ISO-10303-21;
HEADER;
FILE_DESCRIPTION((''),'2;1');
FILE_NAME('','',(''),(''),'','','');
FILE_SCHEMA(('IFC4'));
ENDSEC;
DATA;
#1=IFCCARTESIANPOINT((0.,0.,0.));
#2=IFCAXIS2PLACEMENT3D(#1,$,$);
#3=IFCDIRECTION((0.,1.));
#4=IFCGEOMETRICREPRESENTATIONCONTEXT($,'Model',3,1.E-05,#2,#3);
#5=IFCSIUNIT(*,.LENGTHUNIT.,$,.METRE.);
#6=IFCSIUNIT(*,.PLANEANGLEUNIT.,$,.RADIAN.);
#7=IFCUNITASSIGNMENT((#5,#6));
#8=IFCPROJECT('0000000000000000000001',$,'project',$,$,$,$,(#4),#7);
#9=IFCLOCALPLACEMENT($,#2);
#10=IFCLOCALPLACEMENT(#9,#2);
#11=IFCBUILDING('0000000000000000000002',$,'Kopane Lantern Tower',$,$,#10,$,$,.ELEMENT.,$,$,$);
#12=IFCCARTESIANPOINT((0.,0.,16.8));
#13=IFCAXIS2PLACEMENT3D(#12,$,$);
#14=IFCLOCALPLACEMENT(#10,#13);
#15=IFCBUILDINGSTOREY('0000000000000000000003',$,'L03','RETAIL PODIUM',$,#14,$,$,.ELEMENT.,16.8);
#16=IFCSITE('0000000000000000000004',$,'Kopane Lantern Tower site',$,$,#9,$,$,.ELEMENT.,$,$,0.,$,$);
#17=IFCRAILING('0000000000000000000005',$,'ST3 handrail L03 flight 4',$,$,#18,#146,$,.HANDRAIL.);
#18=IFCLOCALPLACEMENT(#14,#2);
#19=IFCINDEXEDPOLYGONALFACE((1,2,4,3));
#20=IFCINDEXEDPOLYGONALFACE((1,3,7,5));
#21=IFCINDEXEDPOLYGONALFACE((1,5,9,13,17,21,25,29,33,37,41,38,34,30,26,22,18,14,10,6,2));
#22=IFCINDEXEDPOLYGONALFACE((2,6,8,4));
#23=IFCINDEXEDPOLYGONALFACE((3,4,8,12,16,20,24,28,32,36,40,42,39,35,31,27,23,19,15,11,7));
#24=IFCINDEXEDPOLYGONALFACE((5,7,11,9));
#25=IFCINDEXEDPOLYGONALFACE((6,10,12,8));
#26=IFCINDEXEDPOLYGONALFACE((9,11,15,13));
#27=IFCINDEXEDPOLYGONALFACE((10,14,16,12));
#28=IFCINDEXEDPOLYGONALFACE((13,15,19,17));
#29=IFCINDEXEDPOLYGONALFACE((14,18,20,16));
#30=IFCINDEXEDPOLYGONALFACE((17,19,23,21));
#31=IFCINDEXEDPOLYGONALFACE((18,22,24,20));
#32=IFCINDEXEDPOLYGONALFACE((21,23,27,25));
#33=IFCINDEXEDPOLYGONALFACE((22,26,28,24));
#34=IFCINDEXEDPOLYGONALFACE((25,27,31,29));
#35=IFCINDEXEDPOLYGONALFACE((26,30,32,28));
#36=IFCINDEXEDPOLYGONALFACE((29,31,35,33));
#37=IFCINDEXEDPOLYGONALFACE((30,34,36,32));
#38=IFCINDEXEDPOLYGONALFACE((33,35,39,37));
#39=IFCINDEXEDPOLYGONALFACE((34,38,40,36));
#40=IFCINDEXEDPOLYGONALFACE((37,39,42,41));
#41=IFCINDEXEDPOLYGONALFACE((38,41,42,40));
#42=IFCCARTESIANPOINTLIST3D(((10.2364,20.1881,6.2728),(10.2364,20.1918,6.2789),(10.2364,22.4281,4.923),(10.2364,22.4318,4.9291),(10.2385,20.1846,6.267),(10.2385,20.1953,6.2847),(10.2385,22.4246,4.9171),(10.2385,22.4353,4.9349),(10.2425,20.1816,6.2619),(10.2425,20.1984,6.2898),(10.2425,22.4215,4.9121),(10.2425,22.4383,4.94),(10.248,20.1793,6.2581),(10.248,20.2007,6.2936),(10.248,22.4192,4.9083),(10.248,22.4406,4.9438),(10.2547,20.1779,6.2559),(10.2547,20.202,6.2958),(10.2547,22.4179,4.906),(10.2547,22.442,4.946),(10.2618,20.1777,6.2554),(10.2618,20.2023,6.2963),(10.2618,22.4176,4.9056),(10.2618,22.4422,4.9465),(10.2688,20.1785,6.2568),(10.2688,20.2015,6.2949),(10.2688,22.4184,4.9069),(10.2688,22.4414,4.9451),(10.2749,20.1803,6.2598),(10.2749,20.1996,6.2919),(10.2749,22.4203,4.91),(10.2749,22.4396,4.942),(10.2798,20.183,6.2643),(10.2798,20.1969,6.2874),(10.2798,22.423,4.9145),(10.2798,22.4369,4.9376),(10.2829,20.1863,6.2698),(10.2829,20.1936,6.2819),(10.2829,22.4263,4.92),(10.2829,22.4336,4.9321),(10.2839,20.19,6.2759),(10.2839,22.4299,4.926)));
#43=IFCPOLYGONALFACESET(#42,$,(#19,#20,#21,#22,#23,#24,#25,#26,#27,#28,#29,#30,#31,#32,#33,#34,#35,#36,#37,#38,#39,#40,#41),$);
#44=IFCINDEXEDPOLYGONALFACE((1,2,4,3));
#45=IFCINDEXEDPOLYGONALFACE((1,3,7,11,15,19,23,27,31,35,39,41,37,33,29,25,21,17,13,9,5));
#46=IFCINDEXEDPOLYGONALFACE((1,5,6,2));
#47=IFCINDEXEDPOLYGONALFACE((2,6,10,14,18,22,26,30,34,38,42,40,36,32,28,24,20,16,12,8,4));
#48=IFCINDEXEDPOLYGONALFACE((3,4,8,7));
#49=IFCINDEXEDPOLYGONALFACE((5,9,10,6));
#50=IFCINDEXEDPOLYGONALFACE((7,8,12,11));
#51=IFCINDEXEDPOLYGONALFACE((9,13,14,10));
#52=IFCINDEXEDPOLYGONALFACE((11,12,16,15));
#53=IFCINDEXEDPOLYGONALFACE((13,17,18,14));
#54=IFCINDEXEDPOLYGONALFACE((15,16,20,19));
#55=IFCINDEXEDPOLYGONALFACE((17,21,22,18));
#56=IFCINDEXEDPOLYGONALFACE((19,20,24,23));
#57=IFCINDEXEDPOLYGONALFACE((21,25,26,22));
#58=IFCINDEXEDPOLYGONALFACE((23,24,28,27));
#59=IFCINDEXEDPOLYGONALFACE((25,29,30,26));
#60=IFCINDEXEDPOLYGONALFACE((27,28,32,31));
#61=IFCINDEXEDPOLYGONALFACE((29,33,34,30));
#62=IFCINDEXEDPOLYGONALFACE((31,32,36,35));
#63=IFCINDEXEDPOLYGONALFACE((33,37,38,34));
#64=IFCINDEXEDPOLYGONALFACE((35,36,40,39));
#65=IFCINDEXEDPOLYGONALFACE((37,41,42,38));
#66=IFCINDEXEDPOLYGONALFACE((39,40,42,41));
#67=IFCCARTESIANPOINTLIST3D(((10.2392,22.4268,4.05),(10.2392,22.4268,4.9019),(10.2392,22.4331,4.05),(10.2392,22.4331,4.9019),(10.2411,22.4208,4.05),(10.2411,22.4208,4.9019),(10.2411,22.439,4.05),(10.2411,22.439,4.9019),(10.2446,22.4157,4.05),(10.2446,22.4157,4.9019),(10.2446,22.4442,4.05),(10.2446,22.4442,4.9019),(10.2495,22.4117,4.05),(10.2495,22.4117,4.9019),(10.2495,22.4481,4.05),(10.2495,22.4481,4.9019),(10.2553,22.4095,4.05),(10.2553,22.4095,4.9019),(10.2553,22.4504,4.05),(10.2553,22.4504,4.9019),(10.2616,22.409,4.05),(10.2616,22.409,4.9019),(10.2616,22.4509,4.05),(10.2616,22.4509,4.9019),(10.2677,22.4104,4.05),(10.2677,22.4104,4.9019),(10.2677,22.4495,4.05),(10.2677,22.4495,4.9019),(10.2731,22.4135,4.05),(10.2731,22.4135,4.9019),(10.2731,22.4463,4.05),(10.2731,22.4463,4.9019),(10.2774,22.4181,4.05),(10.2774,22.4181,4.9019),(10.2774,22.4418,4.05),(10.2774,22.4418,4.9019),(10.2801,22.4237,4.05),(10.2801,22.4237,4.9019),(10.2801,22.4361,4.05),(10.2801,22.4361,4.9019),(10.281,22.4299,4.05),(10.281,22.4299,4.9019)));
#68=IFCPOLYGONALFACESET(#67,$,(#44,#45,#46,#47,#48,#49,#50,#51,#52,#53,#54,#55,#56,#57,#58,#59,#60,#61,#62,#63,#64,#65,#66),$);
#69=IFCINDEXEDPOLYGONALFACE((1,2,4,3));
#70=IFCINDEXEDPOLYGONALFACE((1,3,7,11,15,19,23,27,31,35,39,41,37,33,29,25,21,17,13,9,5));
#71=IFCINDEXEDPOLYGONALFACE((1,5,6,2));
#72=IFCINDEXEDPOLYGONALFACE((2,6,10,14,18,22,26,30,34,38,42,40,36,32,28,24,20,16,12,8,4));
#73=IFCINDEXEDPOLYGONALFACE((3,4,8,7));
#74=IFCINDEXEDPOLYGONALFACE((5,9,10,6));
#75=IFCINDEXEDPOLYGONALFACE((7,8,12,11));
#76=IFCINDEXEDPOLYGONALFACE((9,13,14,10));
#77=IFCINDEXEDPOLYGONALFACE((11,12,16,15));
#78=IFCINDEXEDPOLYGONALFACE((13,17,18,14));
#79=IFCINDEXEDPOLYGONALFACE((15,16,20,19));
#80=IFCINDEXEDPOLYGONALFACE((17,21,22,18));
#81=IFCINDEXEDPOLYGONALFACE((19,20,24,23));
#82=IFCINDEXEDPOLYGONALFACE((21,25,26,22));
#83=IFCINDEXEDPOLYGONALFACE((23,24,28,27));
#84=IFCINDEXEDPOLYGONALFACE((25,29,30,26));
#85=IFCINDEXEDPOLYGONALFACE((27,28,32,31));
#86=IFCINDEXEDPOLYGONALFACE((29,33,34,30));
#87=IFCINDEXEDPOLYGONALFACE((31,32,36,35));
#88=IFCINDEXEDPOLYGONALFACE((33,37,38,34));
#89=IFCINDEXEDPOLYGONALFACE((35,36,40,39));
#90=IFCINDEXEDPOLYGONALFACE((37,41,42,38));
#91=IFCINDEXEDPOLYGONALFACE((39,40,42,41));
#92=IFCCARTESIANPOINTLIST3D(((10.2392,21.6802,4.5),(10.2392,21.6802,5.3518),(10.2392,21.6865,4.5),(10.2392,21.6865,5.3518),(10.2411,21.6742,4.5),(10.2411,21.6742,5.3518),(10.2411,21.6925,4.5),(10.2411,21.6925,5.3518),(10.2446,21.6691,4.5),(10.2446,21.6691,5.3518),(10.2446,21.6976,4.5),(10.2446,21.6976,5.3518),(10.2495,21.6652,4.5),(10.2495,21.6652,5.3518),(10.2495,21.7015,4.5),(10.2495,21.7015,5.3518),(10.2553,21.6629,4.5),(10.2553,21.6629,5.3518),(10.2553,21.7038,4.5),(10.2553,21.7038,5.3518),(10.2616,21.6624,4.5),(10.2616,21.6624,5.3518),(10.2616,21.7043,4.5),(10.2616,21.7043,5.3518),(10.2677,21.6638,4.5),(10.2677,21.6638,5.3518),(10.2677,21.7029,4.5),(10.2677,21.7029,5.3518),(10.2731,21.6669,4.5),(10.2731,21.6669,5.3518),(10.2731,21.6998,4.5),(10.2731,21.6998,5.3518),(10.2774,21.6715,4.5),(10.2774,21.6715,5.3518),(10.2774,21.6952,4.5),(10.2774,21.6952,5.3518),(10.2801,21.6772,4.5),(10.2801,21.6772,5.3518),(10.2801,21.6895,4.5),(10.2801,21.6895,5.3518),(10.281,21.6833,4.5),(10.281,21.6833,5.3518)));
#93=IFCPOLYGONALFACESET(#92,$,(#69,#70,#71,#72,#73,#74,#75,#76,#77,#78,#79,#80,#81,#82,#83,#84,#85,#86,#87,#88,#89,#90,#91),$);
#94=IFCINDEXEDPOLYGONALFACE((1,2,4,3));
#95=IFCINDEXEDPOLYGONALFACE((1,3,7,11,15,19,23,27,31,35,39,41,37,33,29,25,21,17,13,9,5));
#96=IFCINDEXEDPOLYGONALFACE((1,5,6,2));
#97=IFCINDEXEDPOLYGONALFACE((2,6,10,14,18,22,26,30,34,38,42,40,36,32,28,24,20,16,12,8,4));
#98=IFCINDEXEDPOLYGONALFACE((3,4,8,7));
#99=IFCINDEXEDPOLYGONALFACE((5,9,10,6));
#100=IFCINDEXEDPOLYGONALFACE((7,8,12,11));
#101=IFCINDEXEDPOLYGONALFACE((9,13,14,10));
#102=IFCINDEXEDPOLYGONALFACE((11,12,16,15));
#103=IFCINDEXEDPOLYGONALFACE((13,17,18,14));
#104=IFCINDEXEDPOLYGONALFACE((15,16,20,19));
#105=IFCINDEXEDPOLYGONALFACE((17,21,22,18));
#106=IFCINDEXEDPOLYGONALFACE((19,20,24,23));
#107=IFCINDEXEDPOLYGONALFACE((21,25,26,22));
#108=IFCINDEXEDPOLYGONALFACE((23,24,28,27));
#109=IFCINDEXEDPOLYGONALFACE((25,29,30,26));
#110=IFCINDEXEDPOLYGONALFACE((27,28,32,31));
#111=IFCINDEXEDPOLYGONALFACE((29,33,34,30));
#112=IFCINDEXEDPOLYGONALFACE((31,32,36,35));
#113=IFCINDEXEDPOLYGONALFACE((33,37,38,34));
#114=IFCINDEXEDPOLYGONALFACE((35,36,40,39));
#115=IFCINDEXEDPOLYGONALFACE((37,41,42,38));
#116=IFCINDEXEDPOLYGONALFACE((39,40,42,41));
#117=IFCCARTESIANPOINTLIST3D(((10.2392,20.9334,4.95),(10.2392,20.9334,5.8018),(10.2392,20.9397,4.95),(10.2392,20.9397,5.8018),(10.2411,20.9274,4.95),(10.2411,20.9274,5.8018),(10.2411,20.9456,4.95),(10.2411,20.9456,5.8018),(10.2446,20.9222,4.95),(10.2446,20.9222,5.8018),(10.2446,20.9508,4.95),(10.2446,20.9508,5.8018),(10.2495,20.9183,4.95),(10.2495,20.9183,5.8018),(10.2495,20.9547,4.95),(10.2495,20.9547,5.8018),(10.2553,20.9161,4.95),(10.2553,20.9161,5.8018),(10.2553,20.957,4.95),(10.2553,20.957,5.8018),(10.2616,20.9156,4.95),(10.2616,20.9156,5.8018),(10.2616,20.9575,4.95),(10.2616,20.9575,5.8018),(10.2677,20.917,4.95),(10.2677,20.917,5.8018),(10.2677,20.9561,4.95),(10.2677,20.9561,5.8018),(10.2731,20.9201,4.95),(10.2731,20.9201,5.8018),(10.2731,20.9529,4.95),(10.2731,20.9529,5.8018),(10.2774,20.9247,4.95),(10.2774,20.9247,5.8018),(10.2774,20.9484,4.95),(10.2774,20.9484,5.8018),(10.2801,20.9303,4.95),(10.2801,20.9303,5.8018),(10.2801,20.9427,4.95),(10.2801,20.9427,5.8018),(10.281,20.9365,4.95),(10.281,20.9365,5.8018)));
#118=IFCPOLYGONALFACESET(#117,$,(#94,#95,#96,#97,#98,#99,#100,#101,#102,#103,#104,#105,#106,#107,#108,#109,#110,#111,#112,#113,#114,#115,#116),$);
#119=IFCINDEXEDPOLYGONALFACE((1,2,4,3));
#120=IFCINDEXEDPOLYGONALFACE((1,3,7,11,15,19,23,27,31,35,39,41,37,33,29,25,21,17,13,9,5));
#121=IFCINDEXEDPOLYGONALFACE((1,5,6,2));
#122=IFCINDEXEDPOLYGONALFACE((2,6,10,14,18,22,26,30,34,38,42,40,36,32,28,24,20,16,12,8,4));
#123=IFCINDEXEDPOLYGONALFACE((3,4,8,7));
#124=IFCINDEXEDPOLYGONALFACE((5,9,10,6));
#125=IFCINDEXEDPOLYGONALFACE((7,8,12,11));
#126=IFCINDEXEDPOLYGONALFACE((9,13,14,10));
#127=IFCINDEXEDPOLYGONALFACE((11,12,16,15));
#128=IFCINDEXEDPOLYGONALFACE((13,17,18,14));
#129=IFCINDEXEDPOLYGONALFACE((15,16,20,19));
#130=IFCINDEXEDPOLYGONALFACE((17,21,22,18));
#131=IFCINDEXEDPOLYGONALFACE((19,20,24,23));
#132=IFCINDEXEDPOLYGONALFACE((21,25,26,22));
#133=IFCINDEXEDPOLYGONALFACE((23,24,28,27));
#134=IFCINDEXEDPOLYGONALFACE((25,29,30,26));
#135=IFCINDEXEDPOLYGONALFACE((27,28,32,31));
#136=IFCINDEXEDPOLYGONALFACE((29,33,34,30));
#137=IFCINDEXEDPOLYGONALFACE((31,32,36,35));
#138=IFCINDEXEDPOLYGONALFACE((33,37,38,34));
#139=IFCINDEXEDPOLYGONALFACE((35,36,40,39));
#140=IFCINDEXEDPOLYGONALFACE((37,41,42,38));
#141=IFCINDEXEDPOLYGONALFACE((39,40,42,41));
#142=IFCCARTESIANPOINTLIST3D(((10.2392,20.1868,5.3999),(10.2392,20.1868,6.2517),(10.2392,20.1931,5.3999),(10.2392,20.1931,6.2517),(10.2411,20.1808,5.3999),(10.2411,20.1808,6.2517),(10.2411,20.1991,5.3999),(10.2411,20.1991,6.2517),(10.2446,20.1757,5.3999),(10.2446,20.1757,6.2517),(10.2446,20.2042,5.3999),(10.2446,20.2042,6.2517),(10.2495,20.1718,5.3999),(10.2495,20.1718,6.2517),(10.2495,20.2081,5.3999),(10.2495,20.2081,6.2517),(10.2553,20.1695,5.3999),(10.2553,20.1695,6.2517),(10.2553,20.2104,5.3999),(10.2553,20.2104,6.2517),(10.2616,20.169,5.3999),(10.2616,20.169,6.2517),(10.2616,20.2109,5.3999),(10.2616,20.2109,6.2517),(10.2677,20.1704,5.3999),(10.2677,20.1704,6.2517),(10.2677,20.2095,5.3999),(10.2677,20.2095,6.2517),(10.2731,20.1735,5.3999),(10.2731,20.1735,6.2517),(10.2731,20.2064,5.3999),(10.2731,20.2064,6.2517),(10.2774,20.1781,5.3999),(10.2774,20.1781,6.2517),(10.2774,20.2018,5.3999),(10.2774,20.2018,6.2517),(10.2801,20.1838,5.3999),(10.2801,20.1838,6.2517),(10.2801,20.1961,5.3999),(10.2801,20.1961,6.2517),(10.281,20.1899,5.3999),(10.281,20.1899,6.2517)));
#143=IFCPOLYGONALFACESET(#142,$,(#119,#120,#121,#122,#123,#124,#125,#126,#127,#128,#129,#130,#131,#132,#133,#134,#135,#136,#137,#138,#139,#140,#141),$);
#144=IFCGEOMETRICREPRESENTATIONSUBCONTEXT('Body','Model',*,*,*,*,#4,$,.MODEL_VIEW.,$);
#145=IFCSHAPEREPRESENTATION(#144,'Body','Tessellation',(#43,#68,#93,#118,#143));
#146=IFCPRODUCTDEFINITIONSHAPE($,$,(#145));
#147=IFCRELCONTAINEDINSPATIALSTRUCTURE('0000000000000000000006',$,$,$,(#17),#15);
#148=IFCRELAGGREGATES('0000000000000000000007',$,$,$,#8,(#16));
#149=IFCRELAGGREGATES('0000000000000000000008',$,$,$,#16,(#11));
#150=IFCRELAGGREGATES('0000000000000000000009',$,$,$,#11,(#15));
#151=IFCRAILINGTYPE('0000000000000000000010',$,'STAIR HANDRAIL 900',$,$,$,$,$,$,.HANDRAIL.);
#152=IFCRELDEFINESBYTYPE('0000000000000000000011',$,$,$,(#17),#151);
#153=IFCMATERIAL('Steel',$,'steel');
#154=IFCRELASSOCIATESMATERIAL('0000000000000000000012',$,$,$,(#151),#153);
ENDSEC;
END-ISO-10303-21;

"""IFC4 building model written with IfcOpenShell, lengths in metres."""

from ifc_helpers import new_model, si_unit, direction, frame, origin, origin_2d, place, context, subcontext, project, spatial, circle, extrude, material, type_object, element, save


model = new_model("IFC4")

# Units and contexts
model_context = context("Model", 3, precision=1e-05, world=origin(), true_north=direction((0.0, 1.0)))
body_context = subcontext(model_context, "Body", "Model", "MODEL_VIEW")
ifc_project = project(units=[si_unit("LENGTHUNIT", "METRE"), si_unit("PLANEANGLEUNIT", "RADIAN")], contexts=[model_context])

# Site, building, storey
site_placement = place(None, origin())
site = spatial("IfcSite", under=ifc_project, at=site_placement, Name="Kopane Lantern Tower site", CompositionType="ELEMENT", RefElevation=0.0)
building_placement = place(site_placement, origin())
building = spatial("IfcBuilding", under=site, at=building_placement, Name="Kopane Lantern Tower", CompositionType="ELEMENT")
storey_placement = place(building_placement, frame((0.0, 0.0, 16.8)))
storey = spatial("IfcBuildingStorey", under=building, at=storey_placement, Name="L03", Description="RETAIL PODIUM", CompositionType="ELEMENT", Elevation=16.8)

# Railing
ifc_material_1 = material(Name="Steel", Category="steel")
railing_type_1 = type_object("IfcRailingType", Name="STAIR HANDRAIL 900", PredefinedType="HANDRAIL", material=ifc_material_1)
for number, where, name in (
    (1, (10.26, 22.4299, 4.05), "ST3 handrail L03 flight 4"),
):
    element("IfcRailing", number, at=place(storey_placement, frame(where)), inside=storey, type_object=railing_type_1, Name=name, PredefinedType="HANDRAIL", context=body_context, shape_type="SweptSolid", body=[
        extrude(circle(Radius=0.0239, at=origin_2d()), frame((0.0, 0.0, 0.876), z_axis=(0.0, -0.856503, 0.516142), x_axis=(1.0, 0.0, 0.0)), (0.0, 0.0, 1.0), 2.6152),
        extrude(circle(Radius=0.021, at=origin_2d()), origin(), (0.0, 0.0, 1.0), 0.8518),
        extrude(circle(Radius=0.021, at=origin_2d()), frame((0.0, -0.7466, 0.45)), (0.0, 0.0, 1.0), 0.8518),
        extrude(circle(Radius=0.021, at=origin_2d()), frame((0.0, -1.4934, 0.8999)), (0.0, 0.0, 1.0), 0.8518),
        extrude(circle(Radius=0.021, at=origin_2d()), frame((0.0, -2.24, 1.3499)), (0.0, 0.0, 1.0), 0.8518),
    ])

save(model, "model.ifc")
